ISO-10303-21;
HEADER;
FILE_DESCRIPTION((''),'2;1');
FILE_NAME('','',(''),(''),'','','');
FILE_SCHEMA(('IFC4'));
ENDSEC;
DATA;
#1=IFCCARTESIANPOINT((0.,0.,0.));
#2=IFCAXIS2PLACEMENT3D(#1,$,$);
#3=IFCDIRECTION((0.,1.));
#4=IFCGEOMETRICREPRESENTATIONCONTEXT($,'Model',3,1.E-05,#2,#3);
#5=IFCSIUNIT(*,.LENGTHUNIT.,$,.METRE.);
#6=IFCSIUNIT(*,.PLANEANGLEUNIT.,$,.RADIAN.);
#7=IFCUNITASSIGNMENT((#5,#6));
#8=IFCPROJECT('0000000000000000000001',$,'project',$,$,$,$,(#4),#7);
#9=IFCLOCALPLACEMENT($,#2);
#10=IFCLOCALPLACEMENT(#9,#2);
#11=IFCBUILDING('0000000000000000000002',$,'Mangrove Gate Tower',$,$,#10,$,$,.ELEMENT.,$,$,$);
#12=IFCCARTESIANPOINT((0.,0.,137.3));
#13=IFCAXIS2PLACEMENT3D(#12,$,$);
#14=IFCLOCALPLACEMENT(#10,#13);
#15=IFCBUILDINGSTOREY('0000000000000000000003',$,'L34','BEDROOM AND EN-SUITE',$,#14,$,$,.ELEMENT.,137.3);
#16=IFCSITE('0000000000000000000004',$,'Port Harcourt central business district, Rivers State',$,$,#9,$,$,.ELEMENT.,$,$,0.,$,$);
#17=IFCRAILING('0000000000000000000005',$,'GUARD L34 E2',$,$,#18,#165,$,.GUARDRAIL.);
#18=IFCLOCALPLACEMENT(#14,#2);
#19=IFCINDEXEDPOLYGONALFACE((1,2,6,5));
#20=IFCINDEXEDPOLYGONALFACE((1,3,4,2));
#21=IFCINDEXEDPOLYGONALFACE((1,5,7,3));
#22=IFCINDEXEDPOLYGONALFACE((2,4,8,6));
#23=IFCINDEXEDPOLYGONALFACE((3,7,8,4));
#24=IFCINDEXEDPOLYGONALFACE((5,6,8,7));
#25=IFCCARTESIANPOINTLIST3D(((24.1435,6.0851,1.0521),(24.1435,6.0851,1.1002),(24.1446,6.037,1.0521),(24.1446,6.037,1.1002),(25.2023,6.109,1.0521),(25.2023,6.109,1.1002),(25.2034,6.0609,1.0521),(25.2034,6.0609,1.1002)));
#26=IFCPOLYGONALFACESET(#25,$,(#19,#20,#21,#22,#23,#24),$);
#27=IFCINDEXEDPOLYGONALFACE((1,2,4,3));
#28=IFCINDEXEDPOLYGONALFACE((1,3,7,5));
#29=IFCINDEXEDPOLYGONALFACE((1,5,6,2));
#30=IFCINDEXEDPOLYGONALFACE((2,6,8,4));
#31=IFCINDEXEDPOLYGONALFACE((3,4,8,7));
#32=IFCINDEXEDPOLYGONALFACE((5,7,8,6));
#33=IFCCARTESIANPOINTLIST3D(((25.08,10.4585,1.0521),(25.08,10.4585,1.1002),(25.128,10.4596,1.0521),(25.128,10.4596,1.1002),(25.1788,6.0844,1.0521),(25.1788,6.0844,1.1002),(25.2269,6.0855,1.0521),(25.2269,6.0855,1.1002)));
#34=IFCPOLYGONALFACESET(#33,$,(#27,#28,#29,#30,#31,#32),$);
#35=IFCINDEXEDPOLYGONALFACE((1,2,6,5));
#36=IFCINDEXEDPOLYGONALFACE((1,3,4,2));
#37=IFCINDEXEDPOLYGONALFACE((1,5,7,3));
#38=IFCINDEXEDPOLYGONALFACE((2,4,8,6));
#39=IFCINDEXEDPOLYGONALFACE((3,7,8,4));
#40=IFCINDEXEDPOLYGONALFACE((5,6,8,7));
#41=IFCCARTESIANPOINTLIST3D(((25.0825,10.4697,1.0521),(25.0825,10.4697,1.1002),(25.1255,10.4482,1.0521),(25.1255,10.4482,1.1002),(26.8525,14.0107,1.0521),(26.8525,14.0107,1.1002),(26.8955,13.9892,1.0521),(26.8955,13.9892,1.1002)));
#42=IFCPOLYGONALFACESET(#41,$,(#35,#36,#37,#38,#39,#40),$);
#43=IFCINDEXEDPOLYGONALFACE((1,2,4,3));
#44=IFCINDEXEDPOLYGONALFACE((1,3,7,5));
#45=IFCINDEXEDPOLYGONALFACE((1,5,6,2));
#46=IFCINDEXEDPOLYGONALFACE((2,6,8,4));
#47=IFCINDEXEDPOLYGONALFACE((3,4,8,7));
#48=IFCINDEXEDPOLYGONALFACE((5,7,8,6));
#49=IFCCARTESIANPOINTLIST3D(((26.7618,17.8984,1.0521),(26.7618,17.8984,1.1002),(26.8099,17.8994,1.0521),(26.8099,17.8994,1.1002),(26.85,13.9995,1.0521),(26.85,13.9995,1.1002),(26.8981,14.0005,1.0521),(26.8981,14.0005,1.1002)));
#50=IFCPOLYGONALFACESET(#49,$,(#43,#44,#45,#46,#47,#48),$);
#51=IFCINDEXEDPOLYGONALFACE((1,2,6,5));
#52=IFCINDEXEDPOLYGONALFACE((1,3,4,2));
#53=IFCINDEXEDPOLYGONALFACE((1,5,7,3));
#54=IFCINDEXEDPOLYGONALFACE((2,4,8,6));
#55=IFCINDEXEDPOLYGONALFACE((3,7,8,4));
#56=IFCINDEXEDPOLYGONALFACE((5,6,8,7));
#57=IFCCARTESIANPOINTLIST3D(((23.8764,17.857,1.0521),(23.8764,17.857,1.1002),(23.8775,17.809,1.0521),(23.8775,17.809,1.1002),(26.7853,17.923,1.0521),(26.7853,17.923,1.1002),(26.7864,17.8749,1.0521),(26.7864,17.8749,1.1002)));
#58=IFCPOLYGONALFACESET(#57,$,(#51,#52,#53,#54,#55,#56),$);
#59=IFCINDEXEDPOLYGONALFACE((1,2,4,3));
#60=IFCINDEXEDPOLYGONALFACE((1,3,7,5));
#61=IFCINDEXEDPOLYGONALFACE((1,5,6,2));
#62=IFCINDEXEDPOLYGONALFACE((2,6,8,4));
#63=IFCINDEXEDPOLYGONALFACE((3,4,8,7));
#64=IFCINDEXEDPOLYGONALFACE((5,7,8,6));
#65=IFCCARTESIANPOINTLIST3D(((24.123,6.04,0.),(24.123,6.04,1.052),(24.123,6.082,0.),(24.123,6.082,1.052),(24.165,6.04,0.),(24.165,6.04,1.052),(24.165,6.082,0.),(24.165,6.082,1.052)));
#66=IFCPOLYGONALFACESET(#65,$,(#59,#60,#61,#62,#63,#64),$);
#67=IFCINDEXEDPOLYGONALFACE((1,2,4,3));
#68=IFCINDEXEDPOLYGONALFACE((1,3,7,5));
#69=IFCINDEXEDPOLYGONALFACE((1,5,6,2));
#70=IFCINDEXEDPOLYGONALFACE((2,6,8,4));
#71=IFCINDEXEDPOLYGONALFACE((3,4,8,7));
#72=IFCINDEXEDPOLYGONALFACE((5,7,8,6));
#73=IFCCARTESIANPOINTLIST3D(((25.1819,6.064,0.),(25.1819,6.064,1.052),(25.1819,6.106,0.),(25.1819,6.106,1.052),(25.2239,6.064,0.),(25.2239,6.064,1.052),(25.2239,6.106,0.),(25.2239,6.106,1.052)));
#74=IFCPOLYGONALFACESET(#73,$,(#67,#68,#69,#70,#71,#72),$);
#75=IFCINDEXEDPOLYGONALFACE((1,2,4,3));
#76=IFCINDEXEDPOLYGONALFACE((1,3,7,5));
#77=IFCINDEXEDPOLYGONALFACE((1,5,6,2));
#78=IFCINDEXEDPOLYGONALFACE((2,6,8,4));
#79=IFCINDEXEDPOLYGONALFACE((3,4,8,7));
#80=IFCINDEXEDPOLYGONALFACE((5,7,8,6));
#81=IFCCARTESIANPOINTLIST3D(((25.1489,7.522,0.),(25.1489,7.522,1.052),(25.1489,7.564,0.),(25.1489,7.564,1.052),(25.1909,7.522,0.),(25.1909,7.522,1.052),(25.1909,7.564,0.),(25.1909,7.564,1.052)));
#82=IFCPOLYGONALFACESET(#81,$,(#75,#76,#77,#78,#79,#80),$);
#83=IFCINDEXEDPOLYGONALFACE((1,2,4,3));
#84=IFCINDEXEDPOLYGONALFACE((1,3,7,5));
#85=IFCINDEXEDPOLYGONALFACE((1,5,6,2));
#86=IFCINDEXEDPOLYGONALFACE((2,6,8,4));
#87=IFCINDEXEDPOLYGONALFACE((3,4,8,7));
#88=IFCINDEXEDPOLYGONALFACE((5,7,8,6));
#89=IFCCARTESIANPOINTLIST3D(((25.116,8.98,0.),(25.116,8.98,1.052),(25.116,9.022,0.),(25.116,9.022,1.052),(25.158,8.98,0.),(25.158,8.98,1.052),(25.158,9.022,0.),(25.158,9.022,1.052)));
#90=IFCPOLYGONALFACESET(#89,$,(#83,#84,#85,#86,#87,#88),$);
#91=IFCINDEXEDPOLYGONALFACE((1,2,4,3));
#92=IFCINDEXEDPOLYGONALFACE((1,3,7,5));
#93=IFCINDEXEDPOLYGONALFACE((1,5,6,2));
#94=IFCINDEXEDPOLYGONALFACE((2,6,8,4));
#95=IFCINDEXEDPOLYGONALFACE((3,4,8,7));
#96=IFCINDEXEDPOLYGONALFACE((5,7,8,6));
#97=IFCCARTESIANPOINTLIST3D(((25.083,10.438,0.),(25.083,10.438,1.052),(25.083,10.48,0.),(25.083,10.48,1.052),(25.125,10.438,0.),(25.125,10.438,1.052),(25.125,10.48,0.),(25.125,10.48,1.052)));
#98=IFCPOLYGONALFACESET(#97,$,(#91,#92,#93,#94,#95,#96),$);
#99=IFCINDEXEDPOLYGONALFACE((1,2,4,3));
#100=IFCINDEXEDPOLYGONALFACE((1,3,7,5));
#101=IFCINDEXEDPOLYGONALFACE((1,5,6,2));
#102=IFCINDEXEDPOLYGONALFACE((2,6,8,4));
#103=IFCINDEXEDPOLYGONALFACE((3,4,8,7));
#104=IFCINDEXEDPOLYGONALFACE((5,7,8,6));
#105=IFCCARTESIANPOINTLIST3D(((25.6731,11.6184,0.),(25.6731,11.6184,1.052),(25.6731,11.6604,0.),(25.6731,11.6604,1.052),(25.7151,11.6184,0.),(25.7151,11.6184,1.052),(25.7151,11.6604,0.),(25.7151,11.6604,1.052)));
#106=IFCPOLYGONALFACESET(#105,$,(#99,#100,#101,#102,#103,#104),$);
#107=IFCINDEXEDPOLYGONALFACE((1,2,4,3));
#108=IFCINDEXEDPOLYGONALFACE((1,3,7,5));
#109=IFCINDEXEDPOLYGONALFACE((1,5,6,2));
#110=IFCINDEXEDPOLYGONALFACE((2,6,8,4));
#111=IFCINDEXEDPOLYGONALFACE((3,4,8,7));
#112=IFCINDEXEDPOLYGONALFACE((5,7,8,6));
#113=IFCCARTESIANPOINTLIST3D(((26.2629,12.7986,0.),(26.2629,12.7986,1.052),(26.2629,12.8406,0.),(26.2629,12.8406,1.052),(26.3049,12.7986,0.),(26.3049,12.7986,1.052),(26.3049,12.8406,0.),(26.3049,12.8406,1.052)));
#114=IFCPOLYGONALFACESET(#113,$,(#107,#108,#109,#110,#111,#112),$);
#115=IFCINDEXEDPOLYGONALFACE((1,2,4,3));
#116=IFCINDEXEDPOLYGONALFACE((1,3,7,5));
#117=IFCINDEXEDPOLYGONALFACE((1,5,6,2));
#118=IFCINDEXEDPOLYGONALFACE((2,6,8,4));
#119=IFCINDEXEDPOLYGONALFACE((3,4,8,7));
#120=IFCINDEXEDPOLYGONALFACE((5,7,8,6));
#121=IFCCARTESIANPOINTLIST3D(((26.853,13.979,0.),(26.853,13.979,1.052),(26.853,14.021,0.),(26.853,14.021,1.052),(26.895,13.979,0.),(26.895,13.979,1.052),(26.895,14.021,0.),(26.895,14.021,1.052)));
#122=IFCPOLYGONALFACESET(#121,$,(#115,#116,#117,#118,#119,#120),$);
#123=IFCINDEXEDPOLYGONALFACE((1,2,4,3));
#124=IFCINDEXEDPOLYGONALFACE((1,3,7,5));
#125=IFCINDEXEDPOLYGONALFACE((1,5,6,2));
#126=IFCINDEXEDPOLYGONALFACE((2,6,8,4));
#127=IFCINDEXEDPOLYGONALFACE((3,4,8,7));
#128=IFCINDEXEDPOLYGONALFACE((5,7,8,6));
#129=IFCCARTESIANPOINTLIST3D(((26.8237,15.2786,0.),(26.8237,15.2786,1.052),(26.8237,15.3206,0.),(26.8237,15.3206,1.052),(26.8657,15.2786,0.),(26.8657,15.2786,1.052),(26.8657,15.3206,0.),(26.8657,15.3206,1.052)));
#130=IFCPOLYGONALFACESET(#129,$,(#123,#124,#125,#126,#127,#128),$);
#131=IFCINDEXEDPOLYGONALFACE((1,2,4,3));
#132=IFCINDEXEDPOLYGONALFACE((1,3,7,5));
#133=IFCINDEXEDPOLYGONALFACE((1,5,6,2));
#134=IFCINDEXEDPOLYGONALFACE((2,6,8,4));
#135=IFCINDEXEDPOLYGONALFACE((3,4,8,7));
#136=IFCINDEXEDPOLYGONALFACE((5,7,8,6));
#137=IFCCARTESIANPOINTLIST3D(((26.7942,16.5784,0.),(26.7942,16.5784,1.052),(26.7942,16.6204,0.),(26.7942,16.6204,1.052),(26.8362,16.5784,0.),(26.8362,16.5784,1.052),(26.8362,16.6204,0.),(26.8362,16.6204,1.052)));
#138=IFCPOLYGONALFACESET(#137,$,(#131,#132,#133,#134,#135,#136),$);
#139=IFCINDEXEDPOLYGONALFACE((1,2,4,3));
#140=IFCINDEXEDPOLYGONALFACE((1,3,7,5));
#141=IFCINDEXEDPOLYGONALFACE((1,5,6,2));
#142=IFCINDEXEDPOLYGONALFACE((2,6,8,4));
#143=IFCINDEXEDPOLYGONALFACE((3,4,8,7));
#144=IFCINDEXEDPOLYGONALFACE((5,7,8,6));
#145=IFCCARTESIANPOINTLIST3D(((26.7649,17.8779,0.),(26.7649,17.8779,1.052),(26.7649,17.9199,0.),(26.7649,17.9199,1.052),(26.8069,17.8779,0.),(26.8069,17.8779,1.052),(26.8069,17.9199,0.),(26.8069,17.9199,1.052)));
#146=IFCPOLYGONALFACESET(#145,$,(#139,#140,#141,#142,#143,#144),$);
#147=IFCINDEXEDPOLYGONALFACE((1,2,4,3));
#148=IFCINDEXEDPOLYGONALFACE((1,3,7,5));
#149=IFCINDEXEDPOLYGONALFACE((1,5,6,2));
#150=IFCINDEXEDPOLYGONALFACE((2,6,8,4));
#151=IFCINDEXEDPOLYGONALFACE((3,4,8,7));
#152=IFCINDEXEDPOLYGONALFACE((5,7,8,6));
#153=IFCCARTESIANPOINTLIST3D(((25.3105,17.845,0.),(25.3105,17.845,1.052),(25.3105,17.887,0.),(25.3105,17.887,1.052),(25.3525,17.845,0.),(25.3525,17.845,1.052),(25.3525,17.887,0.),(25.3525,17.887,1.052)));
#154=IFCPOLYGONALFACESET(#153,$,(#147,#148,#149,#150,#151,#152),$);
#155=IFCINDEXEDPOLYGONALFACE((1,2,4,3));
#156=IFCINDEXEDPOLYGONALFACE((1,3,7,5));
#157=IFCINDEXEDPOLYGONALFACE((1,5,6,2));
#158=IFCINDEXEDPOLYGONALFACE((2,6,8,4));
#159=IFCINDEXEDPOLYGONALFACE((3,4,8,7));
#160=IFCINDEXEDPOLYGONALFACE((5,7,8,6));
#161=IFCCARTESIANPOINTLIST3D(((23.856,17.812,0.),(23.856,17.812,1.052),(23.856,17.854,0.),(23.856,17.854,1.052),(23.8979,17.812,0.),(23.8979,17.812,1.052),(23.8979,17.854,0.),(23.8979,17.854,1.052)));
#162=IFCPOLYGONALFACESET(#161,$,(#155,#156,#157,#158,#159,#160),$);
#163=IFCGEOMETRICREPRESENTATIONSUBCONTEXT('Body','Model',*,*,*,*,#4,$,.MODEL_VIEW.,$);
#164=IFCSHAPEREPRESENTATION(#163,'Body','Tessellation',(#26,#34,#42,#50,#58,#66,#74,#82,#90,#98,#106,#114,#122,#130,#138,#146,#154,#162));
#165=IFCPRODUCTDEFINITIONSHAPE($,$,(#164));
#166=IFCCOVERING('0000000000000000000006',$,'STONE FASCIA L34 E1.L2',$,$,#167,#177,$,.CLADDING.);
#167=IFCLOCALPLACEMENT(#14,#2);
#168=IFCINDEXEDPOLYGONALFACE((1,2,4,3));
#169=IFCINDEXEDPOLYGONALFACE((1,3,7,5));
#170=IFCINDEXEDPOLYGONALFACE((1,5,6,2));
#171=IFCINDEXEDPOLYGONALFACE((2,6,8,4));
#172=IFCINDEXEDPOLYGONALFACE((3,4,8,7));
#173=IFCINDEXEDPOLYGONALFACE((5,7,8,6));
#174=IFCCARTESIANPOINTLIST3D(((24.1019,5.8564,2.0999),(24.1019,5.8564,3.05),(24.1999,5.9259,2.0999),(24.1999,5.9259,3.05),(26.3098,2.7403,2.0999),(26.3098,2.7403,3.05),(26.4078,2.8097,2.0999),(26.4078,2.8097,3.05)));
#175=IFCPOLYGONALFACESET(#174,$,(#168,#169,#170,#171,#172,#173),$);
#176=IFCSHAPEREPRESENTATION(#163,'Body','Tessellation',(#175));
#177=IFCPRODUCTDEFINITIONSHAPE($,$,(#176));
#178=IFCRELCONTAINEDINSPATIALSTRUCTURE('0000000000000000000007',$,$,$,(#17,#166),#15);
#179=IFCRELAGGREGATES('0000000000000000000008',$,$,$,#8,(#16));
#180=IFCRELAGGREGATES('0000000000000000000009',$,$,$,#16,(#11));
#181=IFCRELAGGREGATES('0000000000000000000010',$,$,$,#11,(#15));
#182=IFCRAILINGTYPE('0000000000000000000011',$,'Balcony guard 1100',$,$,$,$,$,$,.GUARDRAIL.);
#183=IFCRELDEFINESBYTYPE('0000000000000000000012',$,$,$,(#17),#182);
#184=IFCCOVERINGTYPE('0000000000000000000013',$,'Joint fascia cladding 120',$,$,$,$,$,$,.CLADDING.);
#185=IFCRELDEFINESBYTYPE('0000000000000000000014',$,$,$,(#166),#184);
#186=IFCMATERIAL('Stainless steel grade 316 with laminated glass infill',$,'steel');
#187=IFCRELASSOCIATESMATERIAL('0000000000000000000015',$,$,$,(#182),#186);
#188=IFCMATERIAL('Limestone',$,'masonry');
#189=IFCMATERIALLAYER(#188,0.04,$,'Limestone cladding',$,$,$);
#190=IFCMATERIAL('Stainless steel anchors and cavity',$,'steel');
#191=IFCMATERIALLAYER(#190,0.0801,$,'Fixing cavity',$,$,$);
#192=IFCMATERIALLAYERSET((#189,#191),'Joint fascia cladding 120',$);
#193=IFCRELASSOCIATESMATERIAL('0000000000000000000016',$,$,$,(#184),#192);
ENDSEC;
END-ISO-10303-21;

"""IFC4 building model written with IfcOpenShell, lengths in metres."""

from ifc_helpers import new_model, si_unit, direction, frame, frame_2d, origin, origin_2d, place, context, subcontext, project, spatial, rectangle, extrude, material, layer, layer_set, type_object, element, save


model = new_model("IFC4")

# Units and contexts
model_context = context("Model", 3, precision=1e-05, world=origin(), true_north=direction((0.0, 1.0)))
body_context = subcontext(model_context, "Body", "Model", "MODEL_VIEW")
ifc_project = project(units=[si_unit("LENGTHUNIT", "METRE"), si_unit("PLANEANGLEUNIT", "RADIAN")], contexts=[model_context])

# Site, building, storey
site_placement = place(None, origin())
site = spatial("IfcSite", under=ifc_project, at=site_placement, Name="Port Harcourt central business district, Rivers State", CompositionType="ELEMENT", RefElevation=0.0)
building_placement = place(site_placement, origin())
building = spatial("IfcBuilding", under=site, at=building_placement, Name="Mangrove Gate Tower", CompositionType="ELEMENT")
storey_placement = place(building_placement, frame((0.0, 0.0, 137.3)))
storey = spatial("IfcBuildingStorey", under=building, at=storey_placement, Name="L34", Description="BEDROOM AND EN-SUITE", CompositionType="ELEMENT", Elevation=137.3)

# Shared definitions
ifc_material_1 = material(Name="Limestone", Category="masonry")

# Railing
ifc_material_2 = material(Name="Stainless steel grade 316 with laminated glass infill", Category="steel")
railing_type = type_object("IfcRailingType", Name="Balcony guard 1100", PredefinedType="GUARDRAIL", material=ifc_material_2)
railing_placement = place(storey_placement, frame((24.144, 6.061, 0.0)))
element("IfcRailing", 1, at=railing_placement, inside=storey, type_object=railing_type, Name="GUARD L34 E2", PredefinedType="GUARDRAIL", context=body_context, shape_type="SweptSolid", body=[
    extrude(rectangle(XDim=0.0481, YDim=0.0481, at=origin_2d()), frame((0.0, 0.0, 1.0762), z_axis=(0.999745, 0.02259, 0.0), x_axis=(-0.02259, 0.999745, 0.0)), (0.0, 0.0, 1.0), 1.0591),
    extrude(rectangle(XDim=0.0481, YDim=0.0481, at=origin_2d()), frame((1.0588, 0.0239, 1.0762), z_axis=(-0.0226, 0.999745, 0.0), x_axis=(-0.999745, -0.0226, 0.0)), (0.0, 0.0, 1.0), 4.3752),
    extrude(rectangle(XDim=0.0481, YDim=0.0481, at=origin_2d()), frame((0.96, 4.3979, 1.0762), z_axis=(0.447115, 0.894477, 0.0), x_axis=(-0.894477, 0.447115, 0.0)), (0.0, 0.0, 1.0), 3.9587),
    extrude(rectangle(XDim=0.0481, YDim=0.0481, at=origin_2d()), frame((2.73, 7.939, 1.0762), z_axis=(-0.022599, 0.999745, 0.0), x_axis=(-0.999745, -0.022599, 0.0)), (0.0, 0.0, 1.0), 3.8999),
    extrude(rectangle(XDim=0.0481, YDim=0.0481, at=origin_2d()), frame((2.6418, 11.8379, 1.0762), z_axis=(-0.999743, -0.022655, 0.0), x_axis=(0.022655, -0.999743, 0.0)), (0.0, 0.0, 1.0), 2.9097),
    extrude(rectangle(XDim=0.042, YDim=0.042, at=origin_2d()), origin(), (0.0, 0.0, 1.0), 1.052),
    extrude(rectangle(XDim=0.042, YDim=0.042, at=origin_2d()), frame((1.0588, 0.0239, 0.0)), (0.0, 0.0, 1.0), 1.052),
    extrude(rectangle(XDim=0.042, YDim=0.042, at=origin_2d()), frame((1.0259, 1.4819, 0.0)), (0.0, 0.0, 1.0), 1.052),
    extrude(rectangle(XDim=0.042, YDim=0.042, at=origin_2d()), frame((0.9929, 2.9399, 0.0)), (0.0, 0.0, 1.0), 1.052),
    extrude(rectangle(XDim=0.042, YDim=0.042, at=origin_2d()), frame((0.96, 4.3979, 0.0)), (0.0, 0.0, 1.0), 1.052),
    extrude(rectangle(XDim=0.042, YDim=0.042, at=origin_2d()), frame((1.55, 5.5784, 0.0)), (0.0, 0.0, 1.0), 1.052),
    extrude(rectangle(XDim=0.042, YDim=0.042, at=origin_2d()), frame((2.1399, 6.7585, 0.0)), (0.0, 0.0, 1.0), 1.052),
    extrude(rectangle(XDim=0.042, YDim=0.042, at=origin_2d()), frame((2.73, 7.939, 0.0)), (0.0, 0.0, 1.0), 1.052),
    extrude(rectangle(XDim=0.042, YDim=0.042, at=origin_2d()), frame((2.7007, 9.2385, 0.0)), (0.0, 0.0, 1.0), 1.052),
    extrude(rectangle(XDim=0.042, YDim=0.042, at=origin_2d()), frame((2.6711, 10.5383, 0.0)), (0.0, 0.0, 1.0), 1.052),
    extrude(rectangle(XDim=0.042, YDim=0.042, at=origin_2d()), frame((2.6418, 11.8379, 0.0)), (0.0, 0.0, 1.0), 1.052),
    extrude(rectangle(XDim=0.042, YDim=0.042, at=origin_2d()), frame((1.1875, 11.8049, 0.0)), (0.0, 0.0, 1.0), 1.052),
    extrude(rectangle(XDim=0.042, YDim=0.042, at=origin_2d()), frame((-0.2671, 11.772, 0.0)), (0.0, 0.0, 1.0), 1.052),
])

# Covering
ifc_layer_1 = layer(ifc_material_1, 0.04, Name="Limestone cladding")
ifc_material_3 = material(Name="Stainless steel anchors and cavity", Category="steel")
ifc_layer_2 = layer(ifc_material_3, 0.0801, Name="Fixing cavity")
ifc_layer_set_1 = layer_set([ifc_layer_1, ifc_layer_2], Name="Joint fascia cladding 120")
covering_type = type_object("IfcCoveringType", Name="Joint fascia cladding 120", PredefinedType="CLADDING", material=ifc_layer_set_1)
covering_placement = place(storey_placement, frame((26.3589, 2.7749, 2.0999), z_axis=(0.0, 0.0, 1.0), x_axis=(-0.578138, 0.815939, 0.0)))
element("IfcCovering", 2, at=covering_placement, inside=storey, type_object=covering_type, Name="STONE FASCIA L34 E1.L2", PredefinedType="CLADDING", context=body_context, shape_type="SweptSolid", body=[
    extrude(rectangle(XDim=3.8191, YDim=0.1201, at=frame_2d((1.9097, 0.0))), origin(), (0.0, 0.0, 1.0), 0.9502),
])

save(model, "model.ifc")
